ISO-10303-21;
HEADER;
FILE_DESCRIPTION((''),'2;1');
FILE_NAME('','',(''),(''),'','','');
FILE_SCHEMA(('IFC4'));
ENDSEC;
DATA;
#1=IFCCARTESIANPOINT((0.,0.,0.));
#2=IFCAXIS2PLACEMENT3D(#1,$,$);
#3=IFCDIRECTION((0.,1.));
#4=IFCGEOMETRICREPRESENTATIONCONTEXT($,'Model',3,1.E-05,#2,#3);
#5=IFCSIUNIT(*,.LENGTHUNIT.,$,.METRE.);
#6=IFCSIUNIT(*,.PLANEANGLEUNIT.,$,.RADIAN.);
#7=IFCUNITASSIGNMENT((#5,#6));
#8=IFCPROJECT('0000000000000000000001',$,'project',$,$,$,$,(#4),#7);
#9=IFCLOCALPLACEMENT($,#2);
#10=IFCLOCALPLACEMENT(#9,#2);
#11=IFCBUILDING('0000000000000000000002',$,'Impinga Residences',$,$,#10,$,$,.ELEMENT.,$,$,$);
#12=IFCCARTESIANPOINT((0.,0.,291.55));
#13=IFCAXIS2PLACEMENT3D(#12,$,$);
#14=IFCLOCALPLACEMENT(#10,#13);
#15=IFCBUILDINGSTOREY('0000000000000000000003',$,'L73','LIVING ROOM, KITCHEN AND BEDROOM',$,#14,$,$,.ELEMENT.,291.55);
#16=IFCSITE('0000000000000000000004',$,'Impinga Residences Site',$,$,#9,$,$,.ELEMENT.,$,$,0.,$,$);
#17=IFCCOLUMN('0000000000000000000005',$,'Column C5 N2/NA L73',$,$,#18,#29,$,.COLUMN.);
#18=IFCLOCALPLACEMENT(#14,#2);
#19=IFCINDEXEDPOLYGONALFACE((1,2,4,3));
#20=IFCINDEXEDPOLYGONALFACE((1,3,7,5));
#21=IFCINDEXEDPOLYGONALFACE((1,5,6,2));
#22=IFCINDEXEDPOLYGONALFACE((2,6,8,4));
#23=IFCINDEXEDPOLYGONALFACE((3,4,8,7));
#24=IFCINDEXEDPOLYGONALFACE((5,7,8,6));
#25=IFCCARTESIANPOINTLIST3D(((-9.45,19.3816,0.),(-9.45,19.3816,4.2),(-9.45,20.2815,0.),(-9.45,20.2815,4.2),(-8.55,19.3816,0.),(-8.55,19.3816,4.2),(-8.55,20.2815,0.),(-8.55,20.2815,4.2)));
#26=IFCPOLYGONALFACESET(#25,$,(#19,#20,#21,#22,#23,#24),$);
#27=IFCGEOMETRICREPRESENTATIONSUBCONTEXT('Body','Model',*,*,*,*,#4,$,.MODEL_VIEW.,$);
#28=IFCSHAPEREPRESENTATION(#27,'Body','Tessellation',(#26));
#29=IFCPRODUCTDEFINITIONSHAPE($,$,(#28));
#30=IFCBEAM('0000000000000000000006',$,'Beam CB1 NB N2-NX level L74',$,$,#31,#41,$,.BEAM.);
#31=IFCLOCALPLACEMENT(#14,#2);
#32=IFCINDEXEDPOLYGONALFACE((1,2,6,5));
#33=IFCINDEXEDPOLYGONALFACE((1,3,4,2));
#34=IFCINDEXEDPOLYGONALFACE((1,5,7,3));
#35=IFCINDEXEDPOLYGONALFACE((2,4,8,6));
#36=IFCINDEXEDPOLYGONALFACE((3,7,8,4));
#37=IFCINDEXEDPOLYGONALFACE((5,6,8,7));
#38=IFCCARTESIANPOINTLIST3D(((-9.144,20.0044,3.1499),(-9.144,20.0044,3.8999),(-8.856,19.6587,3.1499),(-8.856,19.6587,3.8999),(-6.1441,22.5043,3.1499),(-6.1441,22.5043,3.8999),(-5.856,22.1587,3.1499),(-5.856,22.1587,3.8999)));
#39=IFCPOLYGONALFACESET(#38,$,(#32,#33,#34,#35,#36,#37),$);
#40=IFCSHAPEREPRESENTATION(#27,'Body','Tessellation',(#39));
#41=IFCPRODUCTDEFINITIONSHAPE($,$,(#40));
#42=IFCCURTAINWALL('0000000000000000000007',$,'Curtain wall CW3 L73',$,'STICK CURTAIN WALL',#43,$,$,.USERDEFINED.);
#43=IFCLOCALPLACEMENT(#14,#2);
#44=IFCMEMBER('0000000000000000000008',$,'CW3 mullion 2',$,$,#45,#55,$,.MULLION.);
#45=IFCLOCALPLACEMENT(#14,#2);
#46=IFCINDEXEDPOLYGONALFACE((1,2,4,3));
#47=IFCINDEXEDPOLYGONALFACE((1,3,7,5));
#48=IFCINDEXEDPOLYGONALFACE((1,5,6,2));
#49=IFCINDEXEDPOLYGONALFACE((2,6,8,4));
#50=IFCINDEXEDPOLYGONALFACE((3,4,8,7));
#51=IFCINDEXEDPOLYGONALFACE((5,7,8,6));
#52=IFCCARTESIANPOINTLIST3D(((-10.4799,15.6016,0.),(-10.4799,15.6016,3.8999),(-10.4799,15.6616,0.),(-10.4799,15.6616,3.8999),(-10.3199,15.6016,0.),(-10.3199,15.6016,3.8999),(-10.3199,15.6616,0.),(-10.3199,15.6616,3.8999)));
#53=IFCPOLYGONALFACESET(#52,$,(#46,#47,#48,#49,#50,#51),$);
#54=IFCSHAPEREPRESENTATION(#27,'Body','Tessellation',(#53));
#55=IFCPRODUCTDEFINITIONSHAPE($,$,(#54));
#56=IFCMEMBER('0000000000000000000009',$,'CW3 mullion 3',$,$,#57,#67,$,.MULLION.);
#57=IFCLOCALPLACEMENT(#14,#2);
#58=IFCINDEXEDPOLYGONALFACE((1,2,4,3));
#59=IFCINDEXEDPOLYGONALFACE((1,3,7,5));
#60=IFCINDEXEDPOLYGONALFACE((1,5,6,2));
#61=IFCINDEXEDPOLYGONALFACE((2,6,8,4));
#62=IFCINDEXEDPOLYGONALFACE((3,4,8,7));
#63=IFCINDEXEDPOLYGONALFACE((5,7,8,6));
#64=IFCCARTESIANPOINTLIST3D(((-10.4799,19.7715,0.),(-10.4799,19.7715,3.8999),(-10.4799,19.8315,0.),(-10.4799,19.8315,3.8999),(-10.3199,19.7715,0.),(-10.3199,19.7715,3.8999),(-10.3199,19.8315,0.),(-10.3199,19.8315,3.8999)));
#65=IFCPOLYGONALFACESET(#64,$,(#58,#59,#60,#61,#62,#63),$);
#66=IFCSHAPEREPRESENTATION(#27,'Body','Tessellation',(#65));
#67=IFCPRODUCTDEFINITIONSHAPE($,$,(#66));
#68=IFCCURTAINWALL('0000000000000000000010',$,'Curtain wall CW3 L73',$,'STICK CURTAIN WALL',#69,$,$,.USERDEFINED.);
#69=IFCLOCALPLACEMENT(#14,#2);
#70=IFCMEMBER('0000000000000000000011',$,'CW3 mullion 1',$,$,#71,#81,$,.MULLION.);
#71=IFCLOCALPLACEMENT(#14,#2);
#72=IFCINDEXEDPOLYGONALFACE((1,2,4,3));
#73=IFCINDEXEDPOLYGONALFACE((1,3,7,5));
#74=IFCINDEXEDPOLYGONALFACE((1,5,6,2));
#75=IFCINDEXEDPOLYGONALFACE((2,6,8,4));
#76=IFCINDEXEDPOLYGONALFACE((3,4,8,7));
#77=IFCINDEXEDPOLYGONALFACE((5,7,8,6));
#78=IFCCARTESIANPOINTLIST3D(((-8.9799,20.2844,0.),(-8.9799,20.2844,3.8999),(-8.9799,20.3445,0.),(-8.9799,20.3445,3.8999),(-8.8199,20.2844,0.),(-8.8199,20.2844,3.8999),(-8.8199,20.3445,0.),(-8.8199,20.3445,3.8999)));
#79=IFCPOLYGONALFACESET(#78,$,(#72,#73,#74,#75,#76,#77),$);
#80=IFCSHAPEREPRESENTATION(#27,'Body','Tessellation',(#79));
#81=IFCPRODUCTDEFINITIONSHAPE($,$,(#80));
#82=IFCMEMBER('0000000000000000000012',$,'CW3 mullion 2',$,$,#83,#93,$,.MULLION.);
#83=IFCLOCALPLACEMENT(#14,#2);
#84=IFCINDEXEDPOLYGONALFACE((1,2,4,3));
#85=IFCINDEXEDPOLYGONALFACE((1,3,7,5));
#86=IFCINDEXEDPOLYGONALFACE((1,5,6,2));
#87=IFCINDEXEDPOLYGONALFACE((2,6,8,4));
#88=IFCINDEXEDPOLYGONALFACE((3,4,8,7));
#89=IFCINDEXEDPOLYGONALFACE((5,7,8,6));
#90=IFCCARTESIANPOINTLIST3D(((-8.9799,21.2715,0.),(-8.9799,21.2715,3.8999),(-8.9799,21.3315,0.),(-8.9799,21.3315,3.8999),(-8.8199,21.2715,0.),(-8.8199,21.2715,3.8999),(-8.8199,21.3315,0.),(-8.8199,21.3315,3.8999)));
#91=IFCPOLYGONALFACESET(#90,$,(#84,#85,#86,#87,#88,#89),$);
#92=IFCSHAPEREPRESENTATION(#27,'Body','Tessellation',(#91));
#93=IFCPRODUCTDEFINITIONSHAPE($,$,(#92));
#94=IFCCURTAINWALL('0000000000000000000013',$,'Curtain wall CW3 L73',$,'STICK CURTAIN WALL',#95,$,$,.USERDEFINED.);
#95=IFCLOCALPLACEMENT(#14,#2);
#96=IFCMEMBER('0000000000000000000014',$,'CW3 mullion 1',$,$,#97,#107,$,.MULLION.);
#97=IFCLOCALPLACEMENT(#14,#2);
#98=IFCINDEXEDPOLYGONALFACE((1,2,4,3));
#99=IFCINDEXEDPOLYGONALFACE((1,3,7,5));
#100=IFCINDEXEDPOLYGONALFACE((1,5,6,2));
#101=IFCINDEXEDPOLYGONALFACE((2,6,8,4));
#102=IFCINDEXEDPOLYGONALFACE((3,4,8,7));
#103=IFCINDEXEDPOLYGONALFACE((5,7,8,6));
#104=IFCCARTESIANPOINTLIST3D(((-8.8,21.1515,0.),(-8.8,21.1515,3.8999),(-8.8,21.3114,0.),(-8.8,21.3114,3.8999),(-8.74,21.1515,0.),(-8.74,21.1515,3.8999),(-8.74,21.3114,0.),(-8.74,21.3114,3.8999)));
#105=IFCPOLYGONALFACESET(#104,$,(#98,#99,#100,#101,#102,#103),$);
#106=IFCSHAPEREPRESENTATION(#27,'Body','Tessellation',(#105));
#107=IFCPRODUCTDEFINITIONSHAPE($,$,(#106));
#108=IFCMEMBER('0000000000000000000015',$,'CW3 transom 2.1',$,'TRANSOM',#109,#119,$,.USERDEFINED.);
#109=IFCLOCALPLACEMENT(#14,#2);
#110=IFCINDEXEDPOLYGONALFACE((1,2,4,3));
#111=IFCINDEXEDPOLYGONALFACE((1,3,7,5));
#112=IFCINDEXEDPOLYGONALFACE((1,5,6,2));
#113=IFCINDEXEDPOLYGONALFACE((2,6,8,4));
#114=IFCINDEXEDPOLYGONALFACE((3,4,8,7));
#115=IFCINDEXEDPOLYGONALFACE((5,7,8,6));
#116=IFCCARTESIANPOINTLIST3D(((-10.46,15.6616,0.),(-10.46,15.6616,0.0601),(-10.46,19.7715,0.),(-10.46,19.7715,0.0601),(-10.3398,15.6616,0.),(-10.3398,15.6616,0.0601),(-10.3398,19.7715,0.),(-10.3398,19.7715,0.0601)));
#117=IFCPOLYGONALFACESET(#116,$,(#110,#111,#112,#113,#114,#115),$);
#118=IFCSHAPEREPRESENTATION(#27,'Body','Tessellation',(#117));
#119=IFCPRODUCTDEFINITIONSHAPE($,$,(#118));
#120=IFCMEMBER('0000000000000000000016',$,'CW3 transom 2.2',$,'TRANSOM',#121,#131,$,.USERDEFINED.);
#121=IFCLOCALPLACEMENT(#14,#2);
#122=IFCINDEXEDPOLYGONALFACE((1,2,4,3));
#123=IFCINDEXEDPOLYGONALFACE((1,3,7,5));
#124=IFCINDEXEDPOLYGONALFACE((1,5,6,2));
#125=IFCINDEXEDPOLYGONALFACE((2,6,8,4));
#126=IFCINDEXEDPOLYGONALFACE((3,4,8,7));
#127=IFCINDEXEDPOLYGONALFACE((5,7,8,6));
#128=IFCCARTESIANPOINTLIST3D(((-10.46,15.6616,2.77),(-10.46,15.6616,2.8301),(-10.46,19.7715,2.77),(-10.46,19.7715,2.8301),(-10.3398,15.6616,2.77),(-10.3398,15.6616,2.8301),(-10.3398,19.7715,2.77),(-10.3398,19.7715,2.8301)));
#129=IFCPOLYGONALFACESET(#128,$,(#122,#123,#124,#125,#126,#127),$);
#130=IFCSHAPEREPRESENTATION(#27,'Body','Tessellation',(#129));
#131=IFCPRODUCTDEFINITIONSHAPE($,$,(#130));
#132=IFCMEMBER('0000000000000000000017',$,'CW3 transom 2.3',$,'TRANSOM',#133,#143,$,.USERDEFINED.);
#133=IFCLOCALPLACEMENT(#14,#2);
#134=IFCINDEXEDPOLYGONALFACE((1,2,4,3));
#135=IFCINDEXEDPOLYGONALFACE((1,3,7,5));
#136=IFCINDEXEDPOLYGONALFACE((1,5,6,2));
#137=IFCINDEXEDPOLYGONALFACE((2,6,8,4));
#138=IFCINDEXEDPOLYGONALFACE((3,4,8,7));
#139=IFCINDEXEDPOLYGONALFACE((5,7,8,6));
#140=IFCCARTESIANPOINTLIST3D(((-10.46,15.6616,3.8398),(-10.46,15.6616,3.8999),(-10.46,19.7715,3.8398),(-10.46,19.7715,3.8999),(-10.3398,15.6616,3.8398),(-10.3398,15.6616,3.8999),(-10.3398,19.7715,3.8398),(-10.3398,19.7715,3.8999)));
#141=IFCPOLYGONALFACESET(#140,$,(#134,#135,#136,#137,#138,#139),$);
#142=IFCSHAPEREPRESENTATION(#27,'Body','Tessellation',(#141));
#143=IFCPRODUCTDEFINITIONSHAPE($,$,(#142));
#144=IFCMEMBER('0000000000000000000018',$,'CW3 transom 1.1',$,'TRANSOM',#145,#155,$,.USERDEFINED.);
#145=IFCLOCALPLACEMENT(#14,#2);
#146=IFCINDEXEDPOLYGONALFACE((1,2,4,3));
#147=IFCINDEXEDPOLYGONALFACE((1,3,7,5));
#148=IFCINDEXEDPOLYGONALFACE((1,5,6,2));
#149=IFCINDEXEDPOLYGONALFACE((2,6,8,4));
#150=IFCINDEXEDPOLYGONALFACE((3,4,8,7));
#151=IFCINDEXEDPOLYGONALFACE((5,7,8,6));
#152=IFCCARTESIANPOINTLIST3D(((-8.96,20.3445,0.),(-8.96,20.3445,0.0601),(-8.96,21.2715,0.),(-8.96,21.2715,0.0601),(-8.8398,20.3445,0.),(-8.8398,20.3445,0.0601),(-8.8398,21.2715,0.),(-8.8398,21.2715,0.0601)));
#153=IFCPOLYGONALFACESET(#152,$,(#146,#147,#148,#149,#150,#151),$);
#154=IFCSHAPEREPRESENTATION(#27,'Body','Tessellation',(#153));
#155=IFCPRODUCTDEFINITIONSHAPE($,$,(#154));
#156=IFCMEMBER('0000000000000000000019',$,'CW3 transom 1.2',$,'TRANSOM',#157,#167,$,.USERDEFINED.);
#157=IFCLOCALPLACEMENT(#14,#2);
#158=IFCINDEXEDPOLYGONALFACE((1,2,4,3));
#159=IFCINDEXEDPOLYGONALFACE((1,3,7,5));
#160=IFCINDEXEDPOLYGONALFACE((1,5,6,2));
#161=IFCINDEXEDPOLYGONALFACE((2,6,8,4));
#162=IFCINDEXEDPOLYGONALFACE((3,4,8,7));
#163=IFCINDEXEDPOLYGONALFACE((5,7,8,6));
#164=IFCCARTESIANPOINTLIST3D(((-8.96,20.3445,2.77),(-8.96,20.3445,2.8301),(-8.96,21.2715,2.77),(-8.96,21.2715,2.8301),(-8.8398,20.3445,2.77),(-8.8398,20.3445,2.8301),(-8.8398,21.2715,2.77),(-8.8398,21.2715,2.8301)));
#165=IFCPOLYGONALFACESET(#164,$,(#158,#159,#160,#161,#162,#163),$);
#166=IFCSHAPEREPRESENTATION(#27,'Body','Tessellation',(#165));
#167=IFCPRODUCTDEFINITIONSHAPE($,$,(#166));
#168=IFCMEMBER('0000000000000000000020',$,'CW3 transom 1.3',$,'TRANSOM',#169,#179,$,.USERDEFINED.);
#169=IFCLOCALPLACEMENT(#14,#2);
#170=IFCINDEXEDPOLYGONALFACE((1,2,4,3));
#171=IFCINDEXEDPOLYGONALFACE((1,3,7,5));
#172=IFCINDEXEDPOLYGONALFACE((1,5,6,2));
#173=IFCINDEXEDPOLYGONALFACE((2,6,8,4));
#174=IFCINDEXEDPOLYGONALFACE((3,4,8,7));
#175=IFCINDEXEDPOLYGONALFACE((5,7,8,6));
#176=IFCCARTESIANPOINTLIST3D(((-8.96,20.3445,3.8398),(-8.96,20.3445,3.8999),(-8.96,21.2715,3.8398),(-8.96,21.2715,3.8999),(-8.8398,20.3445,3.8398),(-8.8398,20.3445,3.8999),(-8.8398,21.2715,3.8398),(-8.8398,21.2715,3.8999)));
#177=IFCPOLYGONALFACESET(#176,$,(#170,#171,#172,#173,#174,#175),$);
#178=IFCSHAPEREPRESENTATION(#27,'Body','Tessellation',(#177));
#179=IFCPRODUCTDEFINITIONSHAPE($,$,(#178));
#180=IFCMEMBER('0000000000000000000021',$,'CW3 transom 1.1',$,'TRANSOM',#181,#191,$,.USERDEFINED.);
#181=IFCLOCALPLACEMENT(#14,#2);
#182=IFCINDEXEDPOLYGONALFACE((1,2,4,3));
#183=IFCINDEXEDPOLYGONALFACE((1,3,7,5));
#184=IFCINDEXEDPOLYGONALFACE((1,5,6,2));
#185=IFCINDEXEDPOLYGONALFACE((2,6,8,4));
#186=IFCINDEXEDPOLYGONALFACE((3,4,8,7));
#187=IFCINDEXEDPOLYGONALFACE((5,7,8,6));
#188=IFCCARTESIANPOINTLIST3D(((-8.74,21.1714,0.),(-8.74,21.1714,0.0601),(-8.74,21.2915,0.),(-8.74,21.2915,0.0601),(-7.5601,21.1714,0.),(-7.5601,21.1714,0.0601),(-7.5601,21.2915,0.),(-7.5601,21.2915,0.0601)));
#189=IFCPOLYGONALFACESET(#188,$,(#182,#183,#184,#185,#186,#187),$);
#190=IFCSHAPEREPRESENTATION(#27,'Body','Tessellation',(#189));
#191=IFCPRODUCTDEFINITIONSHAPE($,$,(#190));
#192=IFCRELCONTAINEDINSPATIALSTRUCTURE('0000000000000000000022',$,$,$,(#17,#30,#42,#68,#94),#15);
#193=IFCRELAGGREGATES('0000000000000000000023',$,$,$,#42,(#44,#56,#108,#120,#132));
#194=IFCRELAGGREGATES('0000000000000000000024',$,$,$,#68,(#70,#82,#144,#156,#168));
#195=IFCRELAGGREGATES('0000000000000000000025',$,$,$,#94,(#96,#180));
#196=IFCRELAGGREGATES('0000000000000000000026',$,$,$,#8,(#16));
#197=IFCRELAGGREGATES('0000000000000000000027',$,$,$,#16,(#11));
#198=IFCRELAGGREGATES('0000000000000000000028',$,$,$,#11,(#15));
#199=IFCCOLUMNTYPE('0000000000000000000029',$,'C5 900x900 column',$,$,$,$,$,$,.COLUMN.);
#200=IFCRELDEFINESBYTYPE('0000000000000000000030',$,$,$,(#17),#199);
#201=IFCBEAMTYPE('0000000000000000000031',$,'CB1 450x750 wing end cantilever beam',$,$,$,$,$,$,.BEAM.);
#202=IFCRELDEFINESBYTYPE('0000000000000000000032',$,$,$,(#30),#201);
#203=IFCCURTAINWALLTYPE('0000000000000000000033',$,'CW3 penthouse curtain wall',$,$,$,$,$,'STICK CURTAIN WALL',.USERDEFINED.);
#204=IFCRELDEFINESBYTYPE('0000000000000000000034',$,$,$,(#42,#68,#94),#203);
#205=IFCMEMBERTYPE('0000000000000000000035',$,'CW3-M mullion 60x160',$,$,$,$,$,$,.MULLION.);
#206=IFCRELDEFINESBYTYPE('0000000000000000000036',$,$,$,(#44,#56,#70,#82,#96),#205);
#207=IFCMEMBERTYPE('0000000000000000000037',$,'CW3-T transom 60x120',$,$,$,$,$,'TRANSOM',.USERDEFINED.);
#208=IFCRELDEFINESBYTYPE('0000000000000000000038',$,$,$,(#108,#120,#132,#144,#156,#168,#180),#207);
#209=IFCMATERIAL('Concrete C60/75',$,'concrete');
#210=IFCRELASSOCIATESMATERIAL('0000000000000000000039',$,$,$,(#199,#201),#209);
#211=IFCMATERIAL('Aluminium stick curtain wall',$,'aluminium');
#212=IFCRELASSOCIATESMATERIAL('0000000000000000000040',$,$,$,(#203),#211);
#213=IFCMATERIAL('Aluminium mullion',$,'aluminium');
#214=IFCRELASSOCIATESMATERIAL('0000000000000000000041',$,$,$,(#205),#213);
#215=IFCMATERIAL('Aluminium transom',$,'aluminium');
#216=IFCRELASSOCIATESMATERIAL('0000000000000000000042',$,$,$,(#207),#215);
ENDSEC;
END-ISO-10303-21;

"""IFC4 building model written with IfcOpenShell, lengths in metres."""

from ifc_helpers import new_model, si_unit, direction, frame, origin, origin_2d, place, context, subcontext, project, spatial, rectangle, extrude, material, material_profile, profile_set, type_object, element, aggregate, save


model = new_model("IFC4")

# Units and contexts
model_context = context("Model", 3, precision=1e-05, world=origin(), true_north=direction((0.0, 1.0)))
body_context = subcontext(model_context, "Body", "Model", "MODEL_VIEW")
ifc_project = project(units=[si_unit("LENGTHUNIT", "METRE"), si_unit("PLANEANGLEUNIT", "RADIAN")], contexts=[model_context])

# Site, building, storey
site_placement = place(None, origin())
site = spatial("IfcSite", under=ifc_project, at=site_placement, Name="Impinga Residences Site", CompositionType="ELEMENT", RefElevation=0.0)
building_placement = place(site_placement, origin())
building = spatial("IfcBuilding", under=site, at=building_placement, Name="Impinga Residences", CompositionType="ELEMENT")
storey_placement = place(building_placement, frame((0.0, 0.0, 291.55)))
storey = spatial("IfcBuildingStorey", under=building, at=storey_placement, Name="L73", Description="LIVING ROOM, KITCHEN AND BEDROOM", CompositionType="ELEMENT", Elevation=291.55)

# Column
ifc_material_1 = material(Name="Concrete C60/75", Category="concrete")
ifc_material_profile_1 = material_profile(ifc_material_1, rectangle(XDim=0.8999, YDim=0.8999, at=origin_2d()), Name="RC 900x900")
ifc_profile_set_1 = profile_set([ifc_material_profile_1], Name="Concrete C60/75")
column_type = type_object("IfcColumnType", Name="C5 900x900 column", PredefinedType="COLUMN", material=ifc_profile_set_1)
column_placement = place(storey_placement, frame((-9.0, 19.8315, 0.0), z_axis=(0.0, 0.0, 1.0), x_axis=(1.0, 0.0, 0.0)))
element("IfcColumn", 1, at=column_placement, inside=storey, type_object=column_type, Name="Column C5 N2/NA L73", PredefinedType="COLUMN", context=body_context, shape_type="SweptSolid", body=[
    extrude(rectangle(XDim=0.8999, YDim=0.8999, at=origin_2d()), origin(), (0.0, 0.0, 1.0), 4.2),
])

# Beam
ifc_material_profile_2 = material_profile(ifc_material_1, rectangle(XDim=0.45, YDim=0.75, at=origin_2d()), Name="RC 450x750")
ifc_profile_set_2 = profile_set([ifc_material_profile_2], Name="Concrete C60/75")
beam_type = type_object("IfcBeamType", Name="CB1 450x750 wing end cantilever beam", PredefinedType="BEAM", material=ifc_profile_set_2)
beam_placement = place(storey_placement, frame((-9.0, 19.8315, 3.5249), z_axis=(0.768221, 0.640184, 0.0), x_axis=(-0.640184, 0.768221, 0.0)))
element("IfcBeam", 2, at=beam_placement, inside=storey, type_object=beam_type, Name="Beam CB1 NB N2-NX level L74", PredefinedType="BEAM", context=body_context, shape_type="SweptSolid", body=[
    extrude(rectangle(XDim=0.45, YDim=0.75, at=origin_2d()), origin(), (0.0, 0.0, 1.0), 3.905),
])

# Curtain walls, members
ifc_material_2 = material(Name="Aluminium stick curtain wall", Category="aluminium")
curtain_wall_type = type_object("IfcCurtainWallType", Name="CW3 penthouse curtain wall", ElementType="STICK CURTAIN WALL", PredefinedType="USERDEFINED", material=ifc_material_2)
curtain_wall_1_placement = place(storey_placement, origin())
curtain_wall_1 = element("IfcCurtainWall", 3, at=curtain_wall_1_placement, inside=storey, type_object=curtain_wall_type, Name="Curtain wall CW3 L73", ObjectType="STICK CURTAIN WALL", PredefinedType="USERDEFINED")
ifc_material_3 = material(Name="Aluminium mullion", Category="aluminium")
ifc_material_profile_3 = material_profile(ifc_material_3, rectangle(XDim=0.0601, YDim=0.1599, at=origin_2d()), Name="60x160 mullion")
ifc_profile_set_3 = profile_set([ifc_material_profile_3], Name="Aluminium mullion")
member_type_1 = type_object("IfcMemberType", Name="CW3-M mullion 60x160", PredefinedType="MULLION", material=ifc_profile_set_3)
member_1_placement = place(storey_placement, frame((-10.3999, 15.6316, 0.0), z_axis=(0.0, 0.0, 1.0), x_axis=(0.0, 1.0, 0.0)))
member_1 = element("IfcMember", 4, at=member_1_placement, type_object=member_type_1, Name="CW3 mullion 2", PredefinedType="MULLION", context=body_context, shape_type="SweptSolid", body=[
    extrude(rectangle(XDim=0.0601, YDim=0.1599, at=origin_2d()), origin(), (0.0, 0.0, 1.0), 3.8999),
])
member_2_placement = place(storey_placement, frame((-10.3999, 19.8015, 0.0), z_axis=(0.0, 0.0, 1.0), x_axis=(0.0, 1.0, 0.0)))
member_2 = element("IfcMember", 5, at=member_2_placement, type_object=member_type_1, Name="CW3 mullion 3", PredefinedType="MULLION", context=body_context, shape_type="SweptSolid", body=[
    extrude(rectangle(XDim=0.0601, YDim=0.1599, at=origin_2d()), origin(), (0.0, 0.0, 1.0), 3.8999),
])
curtain_wall_2_placement = place(storey_placement, origin())
curtain_wall_2 = element("IfcCurtainWall", 6, at=curtain_wall_2_placement, inside=storey, type_object=curtain_wall_type, Name="Curtain wall CW3 L73", ObjectType="STICK CURTAIN WALL", PredefinedType="USERDEFINED")
member_3_placement = place(storey_placement, frame((-8.8999, 20.3145, 0.0), z_axis=(0.0, 0.0, 1.0), x_axis=(0.0, 1.0, 0.0)))
member_3 = element("IfcMember", 7, at=member_3_placement, type_object=member_type_1, Name="CW3 mullion 1", PredefinedType="MULLION", context=body_context, shape_type="SweptSolid", body=[
    extrude(rectangle(XDim=0.0601, YDim=0.1599, at=origin_2d()), origin(), (0.0, 0.0, 1.0), 3.8999),
])
member_4_placement = place(storey_placement, frame((-8.8999, 21.3015, 0.0), z_axis=(0.0, 0.0, 1.0), x_axis=(0.0, 1.0, 0.0)))
member_4 = element("IfcMember", 8, at=member_4_placement, type_object=member_type_1, Name="CW3 mullion 2", PredefinedType="MULLION", context=body_context, shape_type="SweptSolid", body=[
    extrude(rectangle(XDim=0.0601, YDim=0.1599, at=origin_2d()), origin(), (0.0, 0.0, 1.0), 3.8999),
])

# Curtain wall, member
curtain_wall_3_placement = place(storey_placement, origin())
curtain_wall_3 = element("IfcCurtainWall", 9, at=curtain_wall_3_placement, inside=storey, type_object=curtain_wall_type, Name="Curtain wall CW3 L73", ObjectType="STICK CURTAIN WALL", PredefinedType="USERDEFINED")
member_5_placement = place(storey_placement, frame((-8.77, 21.2314, 0.0), z_axis=(0.0, 0.0, 1.0), x_axis=(1.0, 0.0, 0.0)))
member_5 = element("IfcMember", 10, at=member_5_placement, type_object=member_type_1, Name="CW3 mullion 1", PredefinedType="MULLION", context=body_context, shape_type="SweptSolid", body=[
    extrude(rectangle(XDim=0.0601, YDim=0.1599, at=origin_2d()), origin(), (0.0, 0.0, 1.0), 3.8999),
])

# Members
ifc_material_4 = material(Name="Aluminium transom", Category="aluminium")
ifc_material_profile_4 = material_profile(ifc_material_4, rectangle(XDim=0.0601, YDim=0.1201, at=origin_2d()), Name="60x120 transom")
ifc_profile_set_4 = profile_set([ifc_material_profile_4], Name="Aluminium transom")
member_type_2 = type_object("IfcMemberType", Name="CW3-T transom 60x120", ElementType="TRANSOM", PredefinedType="USERDEFINED", material=ifc_profile_set_4)
member_6_placement = place(storey_placement, frame((-10.3999, 15.6616, 0.03), z_axis=(0.0, 1.0, 0.0), x_axis=(0.0, 0.0, 1.0)))
member_6 = element("IfcMember", 11, at=member_6_placement, type_object=member_type_2, Name="CW3 transom 2.1", ObjectType="TRANSOM", PredefinedType="USERDEFINED", context=body_context, shape_type="SweptSolid", body=[
    extrude(rectangle(XDim=0.0601, YDim=0.1201, at=origin_2d()), origin(), (0.0, 0.0, 1.0), 4.1099),
])
member_7_placement = place(storey_placement, frame((-10.3999, 15.6616, 2.8), z_axis=(0.0, 1.0, 0.0), x_axis=(0.0, 0.0, 1.0)))
member_7 = element("IfcMember", 12, at=member_7_placement, type_object=member_type_2, Name="CW3 transom 2.2", ObjectType="TRANSOM", PredefinedType="USERDEFINED", context=body_context, shape_type="SweptSolid", body=[
    extrude(rectangle(XDim=0.0601, YDim=0.1201, at=origin_2d()), origin(), (0.0, 0.0, 1.0), 4.1099),
])
member_8_placement = place(storey_placement, frame((-10.3999, 15.6616, 3.8699), z_axis=(0.0, 1.0, 0.0), x_axis=(0.0, 0.0, 1.0)))
member_8 = element("IfcMember", 13, at=member_8_placement, type_object=member_type_2, Name="CW3 transom 2.3", ObjectType="TRANSOM", PredefinedType="USERDEFINED", context=body_context, shape_type="SweptSolid", body=[
    extrude(rectangle(XDim=0.0601, YDim=0.1201, at=origin_2d()), origin(), (0.0, 0.0, 1.0), 4.1099),
])
member_9_placement = place(storey_placement, frame((-8.8999, 20.3445, 0.03), z_axis=(0.0, 1.0, 0.0), x_axis=(0.0, 0.0, 1.0)))
member_9 = element("IfcMember", 14, at=member_9_placement, type_object=member_type_2, Name="CW3 transom 1.1", ObjectType="TRANSOM", PredefinedType="USERDEFINED", context=body_context, shape_type="SweptSolid", body=[
    extrude(rectangle(XDim=0.0601, YDim=0.1201, at=origin_2d()), origin(), (0.0, 0.0, 1.0), 0.927),
])
member_10_placement = place(storey_placement, frame((-8.8999, 20.3445, 2.8), z_axis=(0.0, 1.0, 0.0), x_axis=(0.0, 0.0, 1.0)))
member_10 = element("IfcMember", 15, at=member_10_placement, type_object=member_type_2, Name="CW3 transom 1.2", ObjectType="TRANSOM", PredefinedType="USERDEFINED", context=body_context, shape_type="SweptSolid", body=[
    extrude(rectangle(XDim=0.0601, YDim=0.1201, at=origin_2d()), origin(), (0.0, 0.0, 1.0), 0.927),
])
member_11_placement = place(storey_placement, frame((-8.8999, 20.3445, 3.8699), z_axis=(0.0, 1.0, 0.0), x_axis=(0.0, 0.0, 1.0)))
member_11 = element("IfcMember", 16, at=member_11_placement, type_object=member_type_2, Name="CW3 transom 1.3", ObjectType="TRANSOM", PredefinedType="USERDEFINED", context=body_context, shape_type="SweptSolid", body=[
    extrude(rectangle(XDim=0.0601, YDim=0.1201, at=origin_2d()), origin(), (0.0, 0.0, 1.0), 0.927),
])
member_12_placement = place(storey_placement, frame((-8.74, 21.2314, 0.03), z_axis=(1.0, 0.0, 0.0), x_axis=(0.0, 0.0, 1.0)))
member_12 = element("IfcMember", 17, at=member_12_placement, type_object=member_type_2, Name="CW3 transom 1.1", ObjectType="TRANSOM", PredefinedType="USERDEFINED", context=body_context, shape_type="SweptSolid", body=[
    extrude(rectangle(XDim=0.0601, YDim=0.1201, at=origin_2d()), origin(), (0.0, 0.0, 1.0), 1.1799),
])

aggregate(curtain_wall_1, [member_1, member_2, member_6, member_7, member_8])
aggregate(curtain_wall_2, [member_3, member_4, member_9, member_10, member_11])
aggregate(curtain_wall_3, [member_5, member_12])

save(model, "model.ifc")
